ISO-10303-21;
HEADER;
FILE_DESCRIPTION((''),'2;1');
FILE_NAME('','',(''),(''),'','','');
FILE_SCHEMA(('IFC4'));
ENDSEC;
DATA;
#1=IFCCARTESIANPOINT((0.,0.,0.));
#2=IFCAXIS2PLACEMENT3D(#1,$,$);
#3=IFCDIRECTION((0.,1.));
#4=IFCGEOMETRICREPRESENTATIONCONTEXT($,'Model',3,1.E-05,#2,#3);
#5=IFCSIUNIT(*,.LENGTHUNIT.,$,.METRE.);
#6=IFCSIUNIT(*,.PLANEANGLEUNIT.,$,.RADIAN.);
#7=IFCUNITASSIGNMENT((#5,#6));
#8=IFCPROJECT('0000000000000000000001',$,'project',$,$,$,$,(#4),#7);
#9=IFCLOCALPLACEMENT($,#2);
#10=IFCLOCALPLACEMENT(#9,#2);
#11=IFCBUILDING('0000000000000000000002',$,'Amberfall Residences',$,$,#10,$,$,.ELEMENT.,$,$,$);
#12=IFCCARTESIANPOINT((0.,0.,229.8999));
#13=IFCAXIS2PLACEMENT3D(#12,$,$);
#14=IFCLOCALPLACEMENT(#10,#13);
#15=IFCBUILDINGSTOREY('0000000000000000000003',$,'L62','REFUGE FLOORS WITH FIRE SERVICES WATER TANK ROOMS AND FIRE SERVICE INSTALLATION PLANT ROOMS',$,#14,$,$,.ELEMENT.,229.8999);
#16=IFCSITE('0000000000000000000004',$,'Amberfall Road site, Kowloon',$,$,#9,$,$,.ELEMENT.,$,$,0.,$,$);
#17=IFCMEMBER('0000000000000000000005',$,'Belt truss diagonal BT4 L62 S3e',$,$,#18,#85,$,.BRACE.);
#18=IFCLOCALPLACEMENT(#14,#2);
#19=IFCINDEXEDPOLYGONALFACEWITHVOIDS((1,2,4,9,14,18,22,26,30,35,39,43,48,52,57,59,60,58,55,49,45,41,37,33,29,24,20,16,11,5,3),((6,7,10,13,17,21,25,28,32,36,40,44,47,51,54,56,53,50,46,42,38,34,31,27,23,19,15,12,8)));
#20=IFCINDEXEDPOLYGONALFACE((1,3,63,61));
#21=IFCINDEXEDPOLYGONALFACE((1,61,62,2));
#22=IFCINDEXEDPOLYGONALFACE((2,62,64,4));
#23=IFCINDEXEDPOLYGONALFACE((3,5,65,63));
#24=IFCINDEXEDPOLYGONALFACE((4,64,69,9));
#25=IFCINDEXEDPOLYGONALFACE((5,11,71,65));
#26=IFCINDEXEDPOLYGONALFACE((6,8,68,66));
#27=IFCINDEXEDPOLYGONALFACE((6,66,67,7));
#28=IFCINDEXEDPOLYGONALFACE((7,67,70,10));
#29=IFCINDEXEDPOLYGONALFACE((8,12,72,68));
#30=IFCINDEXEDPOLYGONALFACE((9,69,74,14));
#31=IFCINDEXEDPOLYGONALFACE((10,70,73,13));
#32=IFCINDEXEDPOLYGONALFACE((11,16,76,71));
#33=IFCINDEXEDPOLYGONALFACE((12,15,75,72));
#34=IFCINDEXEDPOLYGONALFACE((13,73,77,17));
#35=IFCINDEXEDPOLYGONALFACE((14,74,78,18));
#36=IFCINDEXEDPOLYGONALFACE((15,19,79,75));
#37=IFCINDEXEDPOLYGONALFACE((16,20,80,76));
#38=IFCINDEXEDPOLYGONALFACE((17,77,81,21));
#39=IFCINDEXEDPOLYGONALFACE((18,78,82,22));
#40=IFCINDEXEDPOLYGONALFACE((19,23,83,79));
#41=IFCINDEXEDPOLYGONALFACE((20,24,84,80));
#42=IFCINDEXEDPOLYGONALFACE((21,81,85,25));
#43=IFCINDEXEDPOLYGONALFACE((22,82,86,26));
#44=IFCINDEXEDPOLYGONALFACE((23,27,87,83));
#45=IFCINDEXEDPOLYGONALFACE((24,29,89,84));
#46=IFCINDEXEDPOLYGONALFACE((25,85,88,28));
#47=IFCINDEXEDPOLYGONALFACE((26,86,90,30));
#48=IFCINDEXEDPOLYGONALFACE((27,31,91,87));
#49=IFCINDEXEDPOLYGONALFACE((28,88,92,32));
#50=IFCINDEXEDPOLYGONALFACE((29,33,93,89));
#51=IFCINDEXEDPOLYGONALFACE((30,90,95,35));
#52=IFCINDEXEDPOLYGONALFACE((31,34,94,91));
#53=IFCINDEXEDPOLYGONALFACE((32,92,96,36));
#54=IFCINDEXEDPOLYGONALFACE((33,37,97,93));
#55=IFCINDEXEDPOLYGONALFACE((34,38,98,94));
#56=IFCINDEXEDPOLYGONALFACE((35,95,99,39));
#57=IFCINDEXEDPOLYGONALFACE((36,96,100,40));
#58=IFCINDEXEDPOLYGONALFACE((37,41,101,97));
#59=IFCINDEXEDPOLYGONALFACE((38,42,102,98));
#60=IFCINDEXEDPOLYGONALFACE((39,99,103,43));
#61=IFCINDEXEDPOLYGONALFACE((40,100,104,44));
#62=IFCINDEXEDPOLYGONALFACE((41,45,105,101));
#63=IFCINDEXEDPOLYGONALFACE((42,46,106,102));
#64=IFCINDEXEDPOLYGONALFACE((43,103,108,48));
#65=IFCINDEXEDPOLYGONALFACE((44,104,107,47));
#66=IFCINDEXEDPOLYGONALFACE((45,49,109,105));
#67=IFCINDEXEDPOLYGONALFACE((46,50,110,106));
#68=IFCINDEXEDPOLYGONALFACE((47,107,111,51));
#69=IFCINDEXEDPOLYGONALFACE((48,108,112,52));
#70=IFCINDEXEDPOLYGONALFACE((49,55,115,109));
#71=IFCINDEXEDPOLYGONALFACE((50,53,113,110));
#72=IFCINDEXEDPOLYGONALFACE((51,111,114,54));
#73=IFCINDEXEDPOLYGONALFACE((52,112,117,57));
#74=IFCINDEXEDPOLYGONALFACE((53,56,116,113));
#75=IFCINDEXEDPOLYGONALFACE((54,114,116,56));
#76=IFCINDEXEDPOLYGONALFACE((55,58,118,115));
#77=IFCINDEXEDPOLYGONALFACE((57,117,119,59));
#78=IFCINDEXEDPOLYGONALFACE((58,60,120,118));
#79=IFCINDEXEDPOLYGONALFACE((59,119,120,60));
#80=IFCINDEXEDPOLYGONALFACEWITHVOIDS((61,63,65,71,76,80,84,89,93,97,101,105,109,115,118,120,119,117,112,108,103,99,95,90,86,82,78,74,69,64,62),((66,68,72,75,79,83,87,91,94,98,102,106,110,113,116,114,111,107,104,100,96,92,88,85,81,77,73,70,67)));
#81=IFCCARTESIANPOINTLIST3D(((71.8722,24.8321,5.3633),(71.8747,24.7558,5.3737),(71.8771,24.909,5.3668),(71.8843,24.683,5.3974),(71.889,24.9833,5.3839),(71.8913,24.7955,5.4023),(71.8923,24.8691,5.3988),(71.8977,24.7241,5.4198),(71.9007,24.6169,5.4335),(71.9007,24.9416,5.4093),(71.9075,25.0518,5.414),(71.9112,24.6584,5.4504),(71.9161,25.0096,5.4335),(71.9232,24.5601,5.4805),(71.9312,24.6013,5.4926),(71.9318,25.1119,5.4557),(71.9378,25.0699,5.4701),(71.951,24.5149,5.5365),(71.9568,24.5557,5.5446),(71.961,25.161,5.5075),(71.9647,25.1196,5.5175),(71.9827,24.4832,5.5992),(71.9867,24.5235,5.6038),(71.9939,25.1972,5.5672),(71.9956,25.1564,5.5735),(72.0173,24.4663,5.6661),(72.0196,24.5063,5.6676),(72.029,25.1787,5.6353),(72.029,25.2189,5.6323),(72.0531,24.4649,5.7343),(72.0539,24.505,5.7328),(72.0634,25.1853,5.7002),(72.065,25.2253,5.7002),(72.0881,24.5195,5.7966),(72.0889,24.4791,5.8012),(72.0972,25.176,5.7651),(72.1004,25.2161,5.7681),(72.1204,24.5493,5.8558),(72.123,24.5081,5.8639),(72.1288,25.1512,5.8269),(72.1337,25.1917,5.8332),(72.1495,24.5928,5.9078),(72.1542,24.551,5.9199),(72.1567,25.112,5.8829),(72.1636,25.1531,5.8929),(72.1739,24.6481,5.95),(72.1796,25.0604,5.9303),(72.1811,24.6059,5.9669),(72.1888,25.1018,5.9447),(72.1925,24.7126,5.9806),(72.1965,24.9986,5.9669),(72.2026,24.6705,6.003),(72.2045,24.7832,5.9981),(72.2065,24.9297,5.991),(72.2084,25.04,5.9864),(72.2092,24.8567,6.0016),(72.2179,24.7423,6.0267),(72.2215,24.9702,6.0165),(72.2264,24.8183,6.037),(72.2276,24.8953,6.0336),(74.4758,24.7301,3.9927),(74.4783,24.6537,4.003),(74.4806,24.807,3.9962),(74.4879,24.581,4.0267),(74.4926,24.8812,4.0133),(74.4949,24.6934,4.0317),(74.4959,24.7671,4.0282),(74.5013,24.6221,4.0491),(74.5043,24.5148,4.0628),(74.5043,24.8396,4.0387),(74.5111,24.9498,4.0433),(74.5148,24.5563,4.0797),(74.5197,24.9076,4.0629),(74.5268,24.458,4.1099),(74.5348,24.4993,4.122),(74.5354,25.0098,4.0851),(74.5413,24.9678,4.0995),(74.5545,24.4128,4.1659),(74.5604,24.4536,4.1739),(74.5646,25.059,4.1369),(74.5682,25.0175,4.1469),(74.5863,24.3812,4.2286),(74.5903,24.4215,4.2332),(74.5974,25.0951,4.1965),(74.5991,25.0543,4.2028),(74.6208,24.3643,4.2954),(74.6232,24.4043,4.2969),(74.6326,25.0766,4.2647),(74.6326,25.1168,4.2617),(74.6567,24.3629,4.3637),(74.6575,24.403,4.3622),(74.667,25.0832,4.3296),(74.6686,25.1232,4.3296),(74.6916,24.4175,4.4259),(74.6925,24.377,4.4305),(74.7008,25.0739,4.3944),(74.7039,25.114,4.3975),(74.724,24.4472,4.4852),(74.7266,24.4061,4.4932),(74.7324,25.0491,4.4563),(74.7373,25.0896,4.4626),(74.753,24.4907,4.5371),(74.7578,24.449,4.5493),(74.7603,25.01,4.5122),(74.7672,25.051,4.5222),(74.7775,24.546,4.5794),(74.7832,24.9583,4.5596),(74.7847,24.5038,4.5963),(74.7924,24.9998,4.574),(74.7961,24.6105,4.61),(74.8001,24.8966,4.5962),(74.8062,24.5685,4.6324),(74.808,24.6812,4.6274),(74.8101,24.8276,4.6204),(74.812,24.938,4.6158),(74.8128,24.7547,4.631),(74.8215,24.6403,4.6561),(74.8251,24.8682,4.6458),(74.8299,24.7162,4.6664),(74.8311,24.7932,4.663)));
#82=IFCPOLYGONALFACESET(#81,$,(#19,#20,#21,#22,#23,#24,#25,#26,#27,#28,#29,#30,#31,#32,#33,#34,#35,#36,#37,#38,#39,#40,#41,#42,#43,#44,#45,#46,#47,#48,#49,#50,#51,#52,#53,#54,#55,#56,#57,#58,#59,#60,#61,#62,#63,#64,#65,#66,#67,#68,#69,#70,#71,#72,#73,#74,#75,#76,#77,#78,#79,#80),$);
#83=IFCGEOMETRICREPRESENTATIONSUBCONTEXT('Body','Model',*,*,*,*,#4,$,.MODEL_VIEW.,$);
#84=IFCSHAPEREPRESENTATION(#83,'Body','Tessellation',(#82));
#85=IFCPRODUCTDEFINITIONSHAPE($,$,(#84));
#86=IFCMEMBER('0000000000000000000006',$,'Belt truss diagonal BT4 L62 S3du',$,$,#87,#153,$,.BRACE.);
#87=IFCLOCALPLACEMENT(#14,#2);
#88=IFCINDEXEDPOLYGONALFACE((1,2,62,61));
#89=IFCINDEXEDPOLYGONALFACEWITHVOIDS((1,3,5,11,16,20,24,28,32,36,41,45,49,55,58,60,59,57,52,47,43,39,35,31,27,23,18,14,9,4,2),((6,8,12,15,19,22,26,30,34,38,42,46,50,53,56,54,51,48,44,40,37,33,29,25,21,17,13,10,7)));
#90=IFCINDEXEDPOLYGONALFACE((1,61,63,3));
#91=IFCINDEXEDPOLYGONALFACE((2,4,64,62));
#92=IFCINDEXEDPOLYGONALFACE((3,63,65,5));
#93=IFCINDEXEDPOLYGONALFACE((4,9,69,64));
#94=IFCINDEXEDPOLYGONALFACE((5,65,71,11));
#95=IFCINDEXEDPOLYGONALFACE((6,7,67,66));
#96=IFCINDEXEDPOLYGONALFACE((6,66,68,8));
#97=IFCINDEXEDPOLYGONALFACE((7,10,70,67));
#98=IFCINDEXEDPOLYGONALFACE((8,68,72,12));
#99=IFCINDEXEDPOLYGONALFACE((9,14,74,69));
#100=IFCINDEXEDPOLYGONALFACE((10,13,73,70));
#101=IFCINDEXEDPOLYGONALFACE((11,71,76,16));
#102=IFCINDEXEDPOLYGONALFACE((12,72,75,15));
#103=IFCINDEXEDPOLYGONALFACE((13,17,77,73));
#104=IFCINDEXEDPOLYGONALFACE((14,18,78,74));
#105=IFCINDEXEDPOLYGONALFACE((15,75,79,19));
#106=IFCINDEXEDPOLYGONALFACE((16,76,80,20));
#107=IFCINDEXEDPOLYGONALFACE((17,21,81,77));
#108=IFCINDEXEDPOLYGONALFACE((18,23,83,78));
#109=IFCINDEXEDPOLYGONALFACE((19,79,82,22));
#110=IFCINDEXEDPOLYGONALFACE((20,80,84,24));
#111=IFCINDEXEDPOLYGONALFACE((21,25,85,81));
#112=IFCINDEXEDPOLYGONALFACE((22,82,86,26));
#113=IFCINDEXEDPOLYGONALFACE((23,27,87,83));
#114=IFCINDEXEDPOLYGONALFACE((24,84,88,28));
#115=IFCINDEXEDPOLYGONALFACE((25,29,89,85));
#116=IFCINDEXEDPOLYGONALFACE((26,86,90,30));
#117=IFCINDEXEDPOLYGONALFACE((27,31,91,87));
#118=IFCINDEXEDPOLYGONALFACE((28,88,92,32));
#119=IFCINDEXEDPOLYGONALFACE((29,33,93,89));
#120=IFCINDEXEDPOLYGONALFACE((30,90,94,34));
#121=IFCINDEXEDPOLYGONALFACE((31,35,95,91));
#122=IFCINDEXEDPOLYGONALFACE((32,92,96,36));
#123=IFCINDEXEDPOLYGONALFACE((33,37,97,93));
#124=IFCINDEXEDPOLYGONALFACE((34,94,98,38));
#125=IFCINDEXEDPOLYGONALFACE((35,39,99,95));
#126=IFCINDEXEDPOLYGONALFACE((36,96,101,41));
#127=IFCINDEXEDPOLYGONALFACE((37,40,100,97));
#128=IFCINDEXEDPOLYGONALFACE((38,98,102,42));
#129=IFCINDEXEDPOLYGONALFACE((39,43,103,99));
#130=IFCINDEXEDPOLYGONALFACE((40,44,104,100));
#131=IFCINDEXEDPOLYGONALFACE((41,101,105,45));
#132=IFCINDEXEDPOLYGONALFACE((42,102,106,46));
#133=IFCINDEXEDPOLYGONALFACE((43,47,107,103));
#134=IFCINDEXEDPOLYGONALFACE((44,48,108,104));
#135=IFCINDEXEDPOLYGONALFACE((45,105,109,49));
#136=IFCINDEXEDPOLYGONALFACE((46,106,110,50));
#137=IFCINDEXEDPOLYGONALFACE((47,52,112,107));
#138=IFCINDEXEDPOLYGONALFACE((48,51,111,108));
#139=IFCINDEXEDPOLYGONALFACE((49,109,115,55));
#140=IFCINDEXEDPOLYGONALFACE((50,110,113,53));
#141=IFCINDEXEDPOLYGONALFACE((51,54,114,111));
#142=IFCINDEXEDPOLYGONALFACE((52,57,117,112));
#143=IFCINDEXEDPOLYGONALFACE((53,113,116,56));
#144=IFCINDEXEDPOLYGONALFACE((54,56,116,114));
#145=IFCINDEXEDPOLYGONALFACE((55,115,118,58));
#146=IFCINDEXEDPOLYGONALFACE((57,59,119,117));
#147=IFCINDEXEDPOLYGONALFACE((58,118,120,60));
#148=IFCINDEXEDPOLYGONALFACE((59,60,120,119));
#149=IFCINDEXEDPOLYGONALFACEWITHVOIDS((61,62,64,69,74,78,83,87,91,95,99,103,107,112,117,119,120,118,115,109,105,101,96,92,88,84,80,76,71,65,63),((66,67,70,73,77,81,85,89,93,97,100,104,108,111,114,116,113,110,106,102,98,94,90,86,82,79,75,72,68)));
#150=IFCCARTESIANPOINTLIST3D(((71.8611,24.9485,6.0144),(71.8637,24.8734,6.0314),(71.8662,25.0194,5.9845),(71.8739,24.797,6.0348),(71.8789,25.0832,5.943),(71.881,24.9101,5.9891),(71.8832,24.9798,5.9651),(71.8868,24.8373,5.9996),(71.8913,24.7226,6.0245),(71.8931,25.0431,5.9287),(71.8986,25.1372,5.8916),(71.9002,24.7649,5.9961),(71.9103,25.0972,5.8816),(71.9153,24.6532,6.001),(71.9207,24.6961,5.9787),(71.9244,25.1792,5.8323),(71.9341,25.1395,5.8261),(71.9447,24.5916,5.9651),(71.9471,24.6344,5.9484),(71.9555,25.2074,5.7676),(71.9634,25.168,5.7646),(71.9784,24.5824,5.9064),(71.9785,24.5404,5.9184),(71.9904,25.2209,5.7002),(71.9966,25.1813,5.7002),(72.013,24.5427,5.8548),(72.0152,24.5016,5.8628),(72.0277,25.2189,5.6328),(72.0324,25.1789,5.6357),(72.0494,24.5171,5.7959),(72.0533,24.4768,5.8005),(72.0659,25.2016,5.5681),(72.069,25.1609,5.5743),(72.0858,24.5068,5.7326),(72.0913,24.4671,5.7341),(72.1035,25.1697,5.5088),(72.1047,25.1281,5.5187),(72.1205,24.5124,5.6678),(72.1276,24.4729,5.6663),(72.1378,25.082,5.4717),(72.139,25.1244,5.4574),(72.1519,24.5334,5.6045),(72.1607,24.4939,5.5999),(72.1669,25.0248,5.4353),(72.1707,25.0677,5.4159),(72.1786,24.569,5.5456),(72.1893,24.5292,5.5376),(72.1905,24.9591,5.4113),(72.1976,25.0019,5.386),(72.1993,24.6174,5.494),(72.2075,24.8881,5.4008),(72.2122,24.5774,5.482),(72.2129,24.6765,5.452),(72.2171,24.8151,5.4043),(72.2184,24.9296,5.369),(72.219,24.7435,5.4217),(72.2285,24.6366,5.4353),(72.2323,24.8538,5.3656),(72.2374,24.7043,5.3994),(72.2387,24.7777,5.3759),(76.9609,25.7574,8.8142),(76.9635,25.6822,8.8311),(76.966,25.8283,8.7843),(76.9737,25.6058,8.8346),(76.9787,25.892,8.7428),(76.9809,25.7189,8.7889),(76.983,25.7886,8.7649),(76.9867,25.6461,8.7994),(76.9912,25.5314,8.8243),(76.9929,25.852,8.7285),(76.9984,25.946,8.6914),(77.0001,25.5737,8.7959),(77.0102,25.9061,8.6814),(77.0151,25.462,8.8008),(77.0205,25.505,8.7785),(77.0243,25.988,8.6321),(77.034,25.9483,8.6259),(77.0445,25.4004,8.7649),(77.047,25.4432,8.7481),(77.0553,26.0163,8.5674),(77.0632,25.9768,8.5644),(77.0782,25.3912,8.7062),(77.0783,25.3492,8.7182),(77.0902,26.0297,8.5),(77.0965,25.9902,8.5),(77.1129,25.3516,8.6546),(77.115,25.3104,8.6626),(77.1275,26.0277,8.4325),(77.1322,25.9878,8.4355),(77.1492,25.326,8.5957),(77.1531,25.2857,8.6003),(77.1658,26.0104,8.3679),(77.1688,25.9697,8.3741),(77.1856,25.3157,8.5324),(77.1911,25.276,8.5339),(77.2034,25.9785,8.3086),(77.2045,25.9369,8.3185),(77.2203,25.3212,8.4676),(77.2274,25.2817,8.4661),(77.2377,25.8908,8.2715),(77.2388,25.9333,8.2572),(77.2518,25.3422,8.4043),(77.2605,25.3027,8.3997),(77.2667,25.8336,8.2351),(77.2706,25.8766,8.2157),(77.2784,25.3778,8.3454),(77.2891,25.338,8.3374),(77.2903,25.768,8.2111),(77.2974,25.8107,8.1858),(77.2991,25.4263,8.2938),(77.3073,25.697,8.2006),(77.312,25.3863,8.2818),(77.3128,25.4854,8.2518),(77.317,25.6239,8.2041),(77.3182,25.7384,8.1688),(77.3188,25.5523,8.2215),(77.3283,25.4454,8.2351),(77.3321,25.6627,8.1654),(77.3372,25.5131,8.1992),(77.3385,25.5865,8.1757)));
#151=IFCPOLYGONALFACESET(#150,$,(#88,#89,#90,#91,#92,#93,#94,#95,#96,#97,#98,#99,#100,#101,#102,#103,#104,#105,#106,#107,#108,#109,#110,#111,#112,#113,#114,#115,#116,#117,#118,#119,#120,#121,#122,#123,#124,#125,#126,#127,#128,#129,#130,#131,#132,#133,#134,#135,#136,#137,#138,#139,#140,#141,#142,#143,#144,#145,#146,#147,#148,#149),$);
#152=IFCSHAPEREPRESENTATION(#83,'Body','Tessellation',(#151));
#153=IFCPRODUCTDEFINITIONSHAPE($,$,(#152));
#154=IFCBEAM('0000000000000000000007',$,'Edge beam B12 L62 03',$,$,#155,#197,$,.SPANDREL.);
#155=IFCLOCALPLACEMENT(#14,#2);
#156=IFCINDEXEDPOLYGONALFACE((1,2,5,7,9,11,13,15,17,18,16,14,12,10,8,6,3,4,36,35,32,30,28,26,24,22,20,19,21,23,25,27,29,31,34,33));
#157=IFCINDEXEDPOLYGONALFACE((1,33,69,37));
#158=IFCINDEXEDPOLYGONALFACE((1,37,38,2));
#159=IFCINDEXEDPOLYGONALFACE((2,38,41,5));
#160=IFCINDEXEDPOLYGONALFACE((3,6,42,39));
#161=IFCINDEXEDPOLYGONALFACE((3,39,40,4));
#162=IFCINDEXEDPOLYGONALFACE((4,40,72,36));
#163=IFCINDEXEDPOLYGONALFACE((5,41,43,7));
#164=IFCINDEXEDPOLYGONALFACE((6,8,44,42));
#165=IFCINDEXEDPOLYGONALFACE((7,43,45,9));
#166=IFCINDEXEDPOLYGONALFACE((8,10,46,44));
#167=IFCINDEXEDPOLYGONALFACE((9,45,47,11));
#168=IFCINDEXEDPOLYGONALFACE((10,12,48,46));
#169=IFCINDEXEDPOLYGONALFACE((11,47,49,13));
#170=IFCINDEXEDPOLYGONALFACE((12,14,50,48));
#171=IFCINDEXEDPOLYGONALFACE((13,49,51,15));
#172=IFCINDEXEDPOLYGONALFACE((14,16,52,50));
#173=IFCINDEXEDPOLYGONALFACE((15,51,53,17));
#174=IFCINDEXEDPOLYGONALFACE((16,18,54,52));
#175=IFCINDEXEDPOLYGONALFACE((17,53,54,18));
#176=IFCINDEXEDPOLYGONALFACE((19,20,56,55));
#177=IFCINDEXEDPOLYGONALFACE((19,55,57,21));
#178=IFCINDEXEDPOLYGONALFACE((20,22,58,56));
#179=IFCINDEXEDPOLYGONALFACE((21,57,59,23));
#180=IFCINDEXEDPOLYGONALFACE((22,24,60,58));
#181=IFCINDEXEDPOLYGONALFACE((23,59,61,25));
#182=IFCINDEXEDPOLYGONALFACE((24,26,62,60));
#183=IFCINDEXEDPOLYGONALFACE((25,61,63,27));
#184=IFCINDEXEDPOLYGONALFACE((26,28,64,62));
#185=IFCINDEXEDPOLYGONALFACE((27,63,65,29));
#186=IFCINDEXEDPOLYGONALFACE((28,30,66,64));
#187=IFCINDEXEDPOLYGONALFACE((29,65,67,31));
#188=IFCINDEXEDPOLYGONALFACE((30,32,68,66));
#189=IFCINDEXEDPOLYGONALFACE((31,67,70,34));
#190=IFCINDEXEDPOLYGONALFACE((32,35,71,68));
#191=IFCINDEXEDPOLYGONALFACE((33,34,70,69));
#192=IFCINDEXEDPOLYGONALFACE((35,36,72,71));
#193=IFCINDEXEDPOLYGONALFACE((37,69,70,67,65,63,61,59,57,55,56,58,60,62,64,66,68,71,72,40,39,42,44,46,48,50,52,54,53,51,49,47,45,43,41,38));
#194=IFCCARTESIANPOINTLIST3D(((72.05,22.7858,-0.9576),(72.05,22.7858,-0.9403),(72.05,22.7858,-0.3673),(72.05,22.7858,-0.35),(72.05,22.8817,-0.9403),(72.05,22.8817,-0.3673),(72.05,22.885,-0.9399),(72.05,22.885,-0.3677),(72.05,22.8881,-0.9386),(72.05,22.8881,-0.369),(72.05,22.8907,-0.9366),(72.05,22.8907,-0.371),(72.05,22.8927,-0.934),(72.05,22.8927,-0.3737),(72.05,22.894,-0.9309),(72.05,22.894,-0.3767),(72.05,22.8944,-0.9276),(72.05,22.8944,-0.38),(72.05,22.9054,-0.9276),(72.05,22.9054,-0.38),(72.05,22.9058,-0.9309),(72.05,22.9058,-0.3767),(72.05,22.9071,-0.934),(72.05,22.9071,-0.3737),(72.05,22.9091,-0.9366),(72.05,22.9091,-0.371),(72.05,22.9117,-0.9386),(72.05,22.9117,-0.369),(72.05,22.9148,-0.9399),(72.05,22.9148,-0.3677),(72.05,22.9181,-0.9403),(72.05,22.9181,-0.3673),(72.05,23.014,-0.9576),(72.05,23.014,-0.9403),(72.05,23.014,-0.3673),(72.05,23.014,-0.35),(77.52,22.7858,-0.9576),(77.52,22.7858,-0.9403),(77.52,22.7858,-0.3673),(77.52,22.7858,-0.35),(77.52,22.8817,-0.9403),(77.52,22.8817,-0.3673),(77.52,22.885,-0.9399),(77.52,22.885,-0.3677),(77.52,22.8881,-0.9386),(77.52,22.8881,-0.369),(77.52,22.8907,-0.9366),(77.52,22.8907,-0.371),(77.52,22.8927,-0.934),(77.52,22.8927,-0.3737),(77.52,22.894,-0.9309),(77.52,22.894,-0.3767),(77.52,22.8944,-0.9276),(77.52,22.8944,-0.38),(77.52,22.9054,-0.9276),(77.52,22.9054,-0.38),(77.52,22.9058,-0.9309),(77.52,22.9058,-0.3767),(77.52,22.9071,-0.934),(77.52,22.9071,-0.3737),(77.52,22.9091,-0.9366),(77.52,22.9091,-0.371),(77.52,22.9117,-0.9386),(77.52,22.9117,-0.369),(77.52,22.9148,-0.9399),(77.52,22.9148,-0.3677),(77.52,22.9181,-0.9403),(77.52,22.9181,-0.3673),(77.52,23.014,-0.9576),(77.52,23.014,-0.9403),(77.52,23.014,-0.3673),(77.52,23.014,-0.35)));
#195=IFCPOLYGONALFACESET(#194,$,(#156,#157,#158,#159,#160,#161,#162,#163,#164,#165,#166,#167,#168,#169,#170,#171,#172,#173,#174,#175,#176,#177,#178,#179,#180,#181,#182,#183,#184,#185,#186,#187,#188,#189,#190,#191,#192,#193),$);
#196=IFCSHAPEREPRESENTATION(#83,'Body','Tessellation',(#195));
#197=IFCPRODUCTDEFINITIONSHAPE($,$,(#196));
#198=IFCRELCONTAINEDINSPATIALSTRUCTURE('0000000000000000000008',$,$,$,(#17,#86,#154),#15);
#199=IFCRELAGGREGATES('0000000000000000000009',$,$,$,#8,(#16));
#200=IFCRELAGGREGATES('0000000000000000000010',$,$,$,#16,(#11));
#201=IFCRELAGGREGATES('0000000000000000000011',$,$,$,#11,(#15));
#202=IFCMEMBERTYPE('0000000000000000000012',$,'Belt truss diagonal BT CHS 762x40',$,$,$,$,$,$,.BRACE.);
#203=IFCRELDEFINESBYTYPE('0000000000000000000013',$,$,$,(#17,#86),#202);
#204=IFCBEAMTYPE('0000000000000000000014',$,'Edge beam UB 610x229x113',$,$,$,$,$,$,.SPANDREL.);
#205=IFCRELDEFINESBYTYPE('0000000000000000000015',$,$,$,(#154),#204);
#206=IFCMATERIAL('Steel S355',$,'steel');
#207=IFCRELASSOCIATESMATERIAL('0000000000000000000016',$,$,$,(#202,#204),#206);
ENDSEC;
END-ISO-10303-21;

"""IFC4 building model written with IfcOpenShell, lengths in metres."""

from ifc_helpers import new_model, si_unit, direction, frame, origin, origin_2d, place, context, subcontext, project, spatial, hollow_circle, i_section, extrude, material, material_profile, profile_set, type_object, element, save


model = new_model("IFC4")

# Units and contexts
model_context = context("Model", 3, precision=1e-05, world=origin(), true_north=direction((0.0, 1.0)))
body_context = subcontext(model_context, "Body", "Model", "MODEL_VIEW")
ifc_project = project(units=[si_unit("LENGTHUNIT", "METRE"), si_unit("PLANEANGLEUNIT", "RADIAN")], contexts=[model_context])

# Site, building, storey
site_placement = place(None, origin())
site = spatial("IfcSite", under=ifc_project, at=site_placement, Name="Amberfall Road site, Kowloon", CompositionType="ELEMENT", RefElevation=0.0)
building_placement = place(site_placement, origin())
building = spatial("IfcBuilding", under=site, at=building_placement, Name="Amberfall Residences", CompositionType="ELEMENT")
storey_placement = place(building_placement, frame((0.0, 0.0, 229.8999)))
storey = spatial("IfcBuildingStorey", under=building, at=storey_placement, Name="L62", Description="REFUGE FLOORS WITH FIRE SERVICES WATER TANK ROOMS AND FIRE SERVICE INSTALLATION PLANT ROOMS", CompositionType="ELEMENT", Elevation=229.8999)

# Shared definitions
ifc_material_1 = material(Name="Steel S355", Category="steel")

# Members
ifc_material_profile_1 = material_profile(ifc_material_1, hollow_circle(Radius=0.3811, WallThickness=0.04, at=origin_2d()), Name="CHS 762x40")
ifc_profile_set_1 = profile_set([ifc_material_profile_1], Name="Steel S355")
member_type_1 = type_object("IfcMemberType", Name="Belt truss diagonal BT CHS 762x40", PredefinedType="BRACE", material=ifc_profile_set_1)
member_1_placement = place(storey_placement, frame((72.05, 24.8445, 5.7002), z_axis=(0.88434, -0.034664, -0.465555), x_axis=(0.039167, 0.999233, 0.0)))
element("IfcMember", 1, at=member_1_placement, inside=storey, type_object=member_type_1, Name="Belt truss diagonal BT4 L62 S3e", PredefinedType="BRACE", context=body_context, shape_type="SweptSolid", body=[
    extrude(hollow_circle(Radius=0.3811, WallThickness=0.04, at=origin_2d()), origin(), (0.0, 0.0, 1.0), 2.9441),
])
member_2_placement = place(storey_placement, frame((72.05, 24.8445, 5.7002), z_axis=(0.868236, 0.137702, 0.476659), x_axis=(-0.156642, 0.987655, 0.0)))
element("IfcMember", 2, at=member_2_placement, inside=storey, type_object=member_type_1, Name="Belt truss diagonal BT4 L62 S3du", PredefinedType="BRACE", context=body_context, shape_type="SweptSolid", body=[
    extrude(hollow_circle(Radius=0.3811, WallThickness=0.04, at=origin_2d()), origin(), (0.0, 0.0, 1.0), 5.8738),
])

# Beam
ifc_material_profile_2 = material_profile(ifc_material_1, i_section(OverallWidth=0.2283, OverallDepth=0.6077, WebThickness=0.011, FlangeThickness=0.0173, FilletRadius=0.0127, at=origin_2d()), Name="UB 610x229x113")
ifc_profile_set_2 = profile_set([ifc_material_profile_2], Name="Steel S355")
beam_type_1 = type_object("IfcBeamType", Name="Edge beam UB 610x229x113", PredefinedType="SPANDREL", material=ifc_profile_set_2)
beam_1_placement = place(storey_placement, frame((72.05, 22.8999, -0.6538), z_axis=(1.0, 0.0, 0.0), x_axis=(0.0, 1.0, 0.0)))
element("IfcBeam", 3, at=beam_1_placement, inside=storey, type_object=beam_type_1, Name="Edge beam B12 L62 03", PredefinedType="SPANDREL", context=body_context, shape_type="SweptSolid", body=[
    extrude(i_section(OverallWidth=0.2283, OverallDepth=0.6077, WebThickness=0.011, FlangeThickness=0.0173, FilletRadius=0.0127, at=origin_2d()), origin(), (0.0, 0.0, 1.0), 5.47),
])

save(model, "model.ifc")
